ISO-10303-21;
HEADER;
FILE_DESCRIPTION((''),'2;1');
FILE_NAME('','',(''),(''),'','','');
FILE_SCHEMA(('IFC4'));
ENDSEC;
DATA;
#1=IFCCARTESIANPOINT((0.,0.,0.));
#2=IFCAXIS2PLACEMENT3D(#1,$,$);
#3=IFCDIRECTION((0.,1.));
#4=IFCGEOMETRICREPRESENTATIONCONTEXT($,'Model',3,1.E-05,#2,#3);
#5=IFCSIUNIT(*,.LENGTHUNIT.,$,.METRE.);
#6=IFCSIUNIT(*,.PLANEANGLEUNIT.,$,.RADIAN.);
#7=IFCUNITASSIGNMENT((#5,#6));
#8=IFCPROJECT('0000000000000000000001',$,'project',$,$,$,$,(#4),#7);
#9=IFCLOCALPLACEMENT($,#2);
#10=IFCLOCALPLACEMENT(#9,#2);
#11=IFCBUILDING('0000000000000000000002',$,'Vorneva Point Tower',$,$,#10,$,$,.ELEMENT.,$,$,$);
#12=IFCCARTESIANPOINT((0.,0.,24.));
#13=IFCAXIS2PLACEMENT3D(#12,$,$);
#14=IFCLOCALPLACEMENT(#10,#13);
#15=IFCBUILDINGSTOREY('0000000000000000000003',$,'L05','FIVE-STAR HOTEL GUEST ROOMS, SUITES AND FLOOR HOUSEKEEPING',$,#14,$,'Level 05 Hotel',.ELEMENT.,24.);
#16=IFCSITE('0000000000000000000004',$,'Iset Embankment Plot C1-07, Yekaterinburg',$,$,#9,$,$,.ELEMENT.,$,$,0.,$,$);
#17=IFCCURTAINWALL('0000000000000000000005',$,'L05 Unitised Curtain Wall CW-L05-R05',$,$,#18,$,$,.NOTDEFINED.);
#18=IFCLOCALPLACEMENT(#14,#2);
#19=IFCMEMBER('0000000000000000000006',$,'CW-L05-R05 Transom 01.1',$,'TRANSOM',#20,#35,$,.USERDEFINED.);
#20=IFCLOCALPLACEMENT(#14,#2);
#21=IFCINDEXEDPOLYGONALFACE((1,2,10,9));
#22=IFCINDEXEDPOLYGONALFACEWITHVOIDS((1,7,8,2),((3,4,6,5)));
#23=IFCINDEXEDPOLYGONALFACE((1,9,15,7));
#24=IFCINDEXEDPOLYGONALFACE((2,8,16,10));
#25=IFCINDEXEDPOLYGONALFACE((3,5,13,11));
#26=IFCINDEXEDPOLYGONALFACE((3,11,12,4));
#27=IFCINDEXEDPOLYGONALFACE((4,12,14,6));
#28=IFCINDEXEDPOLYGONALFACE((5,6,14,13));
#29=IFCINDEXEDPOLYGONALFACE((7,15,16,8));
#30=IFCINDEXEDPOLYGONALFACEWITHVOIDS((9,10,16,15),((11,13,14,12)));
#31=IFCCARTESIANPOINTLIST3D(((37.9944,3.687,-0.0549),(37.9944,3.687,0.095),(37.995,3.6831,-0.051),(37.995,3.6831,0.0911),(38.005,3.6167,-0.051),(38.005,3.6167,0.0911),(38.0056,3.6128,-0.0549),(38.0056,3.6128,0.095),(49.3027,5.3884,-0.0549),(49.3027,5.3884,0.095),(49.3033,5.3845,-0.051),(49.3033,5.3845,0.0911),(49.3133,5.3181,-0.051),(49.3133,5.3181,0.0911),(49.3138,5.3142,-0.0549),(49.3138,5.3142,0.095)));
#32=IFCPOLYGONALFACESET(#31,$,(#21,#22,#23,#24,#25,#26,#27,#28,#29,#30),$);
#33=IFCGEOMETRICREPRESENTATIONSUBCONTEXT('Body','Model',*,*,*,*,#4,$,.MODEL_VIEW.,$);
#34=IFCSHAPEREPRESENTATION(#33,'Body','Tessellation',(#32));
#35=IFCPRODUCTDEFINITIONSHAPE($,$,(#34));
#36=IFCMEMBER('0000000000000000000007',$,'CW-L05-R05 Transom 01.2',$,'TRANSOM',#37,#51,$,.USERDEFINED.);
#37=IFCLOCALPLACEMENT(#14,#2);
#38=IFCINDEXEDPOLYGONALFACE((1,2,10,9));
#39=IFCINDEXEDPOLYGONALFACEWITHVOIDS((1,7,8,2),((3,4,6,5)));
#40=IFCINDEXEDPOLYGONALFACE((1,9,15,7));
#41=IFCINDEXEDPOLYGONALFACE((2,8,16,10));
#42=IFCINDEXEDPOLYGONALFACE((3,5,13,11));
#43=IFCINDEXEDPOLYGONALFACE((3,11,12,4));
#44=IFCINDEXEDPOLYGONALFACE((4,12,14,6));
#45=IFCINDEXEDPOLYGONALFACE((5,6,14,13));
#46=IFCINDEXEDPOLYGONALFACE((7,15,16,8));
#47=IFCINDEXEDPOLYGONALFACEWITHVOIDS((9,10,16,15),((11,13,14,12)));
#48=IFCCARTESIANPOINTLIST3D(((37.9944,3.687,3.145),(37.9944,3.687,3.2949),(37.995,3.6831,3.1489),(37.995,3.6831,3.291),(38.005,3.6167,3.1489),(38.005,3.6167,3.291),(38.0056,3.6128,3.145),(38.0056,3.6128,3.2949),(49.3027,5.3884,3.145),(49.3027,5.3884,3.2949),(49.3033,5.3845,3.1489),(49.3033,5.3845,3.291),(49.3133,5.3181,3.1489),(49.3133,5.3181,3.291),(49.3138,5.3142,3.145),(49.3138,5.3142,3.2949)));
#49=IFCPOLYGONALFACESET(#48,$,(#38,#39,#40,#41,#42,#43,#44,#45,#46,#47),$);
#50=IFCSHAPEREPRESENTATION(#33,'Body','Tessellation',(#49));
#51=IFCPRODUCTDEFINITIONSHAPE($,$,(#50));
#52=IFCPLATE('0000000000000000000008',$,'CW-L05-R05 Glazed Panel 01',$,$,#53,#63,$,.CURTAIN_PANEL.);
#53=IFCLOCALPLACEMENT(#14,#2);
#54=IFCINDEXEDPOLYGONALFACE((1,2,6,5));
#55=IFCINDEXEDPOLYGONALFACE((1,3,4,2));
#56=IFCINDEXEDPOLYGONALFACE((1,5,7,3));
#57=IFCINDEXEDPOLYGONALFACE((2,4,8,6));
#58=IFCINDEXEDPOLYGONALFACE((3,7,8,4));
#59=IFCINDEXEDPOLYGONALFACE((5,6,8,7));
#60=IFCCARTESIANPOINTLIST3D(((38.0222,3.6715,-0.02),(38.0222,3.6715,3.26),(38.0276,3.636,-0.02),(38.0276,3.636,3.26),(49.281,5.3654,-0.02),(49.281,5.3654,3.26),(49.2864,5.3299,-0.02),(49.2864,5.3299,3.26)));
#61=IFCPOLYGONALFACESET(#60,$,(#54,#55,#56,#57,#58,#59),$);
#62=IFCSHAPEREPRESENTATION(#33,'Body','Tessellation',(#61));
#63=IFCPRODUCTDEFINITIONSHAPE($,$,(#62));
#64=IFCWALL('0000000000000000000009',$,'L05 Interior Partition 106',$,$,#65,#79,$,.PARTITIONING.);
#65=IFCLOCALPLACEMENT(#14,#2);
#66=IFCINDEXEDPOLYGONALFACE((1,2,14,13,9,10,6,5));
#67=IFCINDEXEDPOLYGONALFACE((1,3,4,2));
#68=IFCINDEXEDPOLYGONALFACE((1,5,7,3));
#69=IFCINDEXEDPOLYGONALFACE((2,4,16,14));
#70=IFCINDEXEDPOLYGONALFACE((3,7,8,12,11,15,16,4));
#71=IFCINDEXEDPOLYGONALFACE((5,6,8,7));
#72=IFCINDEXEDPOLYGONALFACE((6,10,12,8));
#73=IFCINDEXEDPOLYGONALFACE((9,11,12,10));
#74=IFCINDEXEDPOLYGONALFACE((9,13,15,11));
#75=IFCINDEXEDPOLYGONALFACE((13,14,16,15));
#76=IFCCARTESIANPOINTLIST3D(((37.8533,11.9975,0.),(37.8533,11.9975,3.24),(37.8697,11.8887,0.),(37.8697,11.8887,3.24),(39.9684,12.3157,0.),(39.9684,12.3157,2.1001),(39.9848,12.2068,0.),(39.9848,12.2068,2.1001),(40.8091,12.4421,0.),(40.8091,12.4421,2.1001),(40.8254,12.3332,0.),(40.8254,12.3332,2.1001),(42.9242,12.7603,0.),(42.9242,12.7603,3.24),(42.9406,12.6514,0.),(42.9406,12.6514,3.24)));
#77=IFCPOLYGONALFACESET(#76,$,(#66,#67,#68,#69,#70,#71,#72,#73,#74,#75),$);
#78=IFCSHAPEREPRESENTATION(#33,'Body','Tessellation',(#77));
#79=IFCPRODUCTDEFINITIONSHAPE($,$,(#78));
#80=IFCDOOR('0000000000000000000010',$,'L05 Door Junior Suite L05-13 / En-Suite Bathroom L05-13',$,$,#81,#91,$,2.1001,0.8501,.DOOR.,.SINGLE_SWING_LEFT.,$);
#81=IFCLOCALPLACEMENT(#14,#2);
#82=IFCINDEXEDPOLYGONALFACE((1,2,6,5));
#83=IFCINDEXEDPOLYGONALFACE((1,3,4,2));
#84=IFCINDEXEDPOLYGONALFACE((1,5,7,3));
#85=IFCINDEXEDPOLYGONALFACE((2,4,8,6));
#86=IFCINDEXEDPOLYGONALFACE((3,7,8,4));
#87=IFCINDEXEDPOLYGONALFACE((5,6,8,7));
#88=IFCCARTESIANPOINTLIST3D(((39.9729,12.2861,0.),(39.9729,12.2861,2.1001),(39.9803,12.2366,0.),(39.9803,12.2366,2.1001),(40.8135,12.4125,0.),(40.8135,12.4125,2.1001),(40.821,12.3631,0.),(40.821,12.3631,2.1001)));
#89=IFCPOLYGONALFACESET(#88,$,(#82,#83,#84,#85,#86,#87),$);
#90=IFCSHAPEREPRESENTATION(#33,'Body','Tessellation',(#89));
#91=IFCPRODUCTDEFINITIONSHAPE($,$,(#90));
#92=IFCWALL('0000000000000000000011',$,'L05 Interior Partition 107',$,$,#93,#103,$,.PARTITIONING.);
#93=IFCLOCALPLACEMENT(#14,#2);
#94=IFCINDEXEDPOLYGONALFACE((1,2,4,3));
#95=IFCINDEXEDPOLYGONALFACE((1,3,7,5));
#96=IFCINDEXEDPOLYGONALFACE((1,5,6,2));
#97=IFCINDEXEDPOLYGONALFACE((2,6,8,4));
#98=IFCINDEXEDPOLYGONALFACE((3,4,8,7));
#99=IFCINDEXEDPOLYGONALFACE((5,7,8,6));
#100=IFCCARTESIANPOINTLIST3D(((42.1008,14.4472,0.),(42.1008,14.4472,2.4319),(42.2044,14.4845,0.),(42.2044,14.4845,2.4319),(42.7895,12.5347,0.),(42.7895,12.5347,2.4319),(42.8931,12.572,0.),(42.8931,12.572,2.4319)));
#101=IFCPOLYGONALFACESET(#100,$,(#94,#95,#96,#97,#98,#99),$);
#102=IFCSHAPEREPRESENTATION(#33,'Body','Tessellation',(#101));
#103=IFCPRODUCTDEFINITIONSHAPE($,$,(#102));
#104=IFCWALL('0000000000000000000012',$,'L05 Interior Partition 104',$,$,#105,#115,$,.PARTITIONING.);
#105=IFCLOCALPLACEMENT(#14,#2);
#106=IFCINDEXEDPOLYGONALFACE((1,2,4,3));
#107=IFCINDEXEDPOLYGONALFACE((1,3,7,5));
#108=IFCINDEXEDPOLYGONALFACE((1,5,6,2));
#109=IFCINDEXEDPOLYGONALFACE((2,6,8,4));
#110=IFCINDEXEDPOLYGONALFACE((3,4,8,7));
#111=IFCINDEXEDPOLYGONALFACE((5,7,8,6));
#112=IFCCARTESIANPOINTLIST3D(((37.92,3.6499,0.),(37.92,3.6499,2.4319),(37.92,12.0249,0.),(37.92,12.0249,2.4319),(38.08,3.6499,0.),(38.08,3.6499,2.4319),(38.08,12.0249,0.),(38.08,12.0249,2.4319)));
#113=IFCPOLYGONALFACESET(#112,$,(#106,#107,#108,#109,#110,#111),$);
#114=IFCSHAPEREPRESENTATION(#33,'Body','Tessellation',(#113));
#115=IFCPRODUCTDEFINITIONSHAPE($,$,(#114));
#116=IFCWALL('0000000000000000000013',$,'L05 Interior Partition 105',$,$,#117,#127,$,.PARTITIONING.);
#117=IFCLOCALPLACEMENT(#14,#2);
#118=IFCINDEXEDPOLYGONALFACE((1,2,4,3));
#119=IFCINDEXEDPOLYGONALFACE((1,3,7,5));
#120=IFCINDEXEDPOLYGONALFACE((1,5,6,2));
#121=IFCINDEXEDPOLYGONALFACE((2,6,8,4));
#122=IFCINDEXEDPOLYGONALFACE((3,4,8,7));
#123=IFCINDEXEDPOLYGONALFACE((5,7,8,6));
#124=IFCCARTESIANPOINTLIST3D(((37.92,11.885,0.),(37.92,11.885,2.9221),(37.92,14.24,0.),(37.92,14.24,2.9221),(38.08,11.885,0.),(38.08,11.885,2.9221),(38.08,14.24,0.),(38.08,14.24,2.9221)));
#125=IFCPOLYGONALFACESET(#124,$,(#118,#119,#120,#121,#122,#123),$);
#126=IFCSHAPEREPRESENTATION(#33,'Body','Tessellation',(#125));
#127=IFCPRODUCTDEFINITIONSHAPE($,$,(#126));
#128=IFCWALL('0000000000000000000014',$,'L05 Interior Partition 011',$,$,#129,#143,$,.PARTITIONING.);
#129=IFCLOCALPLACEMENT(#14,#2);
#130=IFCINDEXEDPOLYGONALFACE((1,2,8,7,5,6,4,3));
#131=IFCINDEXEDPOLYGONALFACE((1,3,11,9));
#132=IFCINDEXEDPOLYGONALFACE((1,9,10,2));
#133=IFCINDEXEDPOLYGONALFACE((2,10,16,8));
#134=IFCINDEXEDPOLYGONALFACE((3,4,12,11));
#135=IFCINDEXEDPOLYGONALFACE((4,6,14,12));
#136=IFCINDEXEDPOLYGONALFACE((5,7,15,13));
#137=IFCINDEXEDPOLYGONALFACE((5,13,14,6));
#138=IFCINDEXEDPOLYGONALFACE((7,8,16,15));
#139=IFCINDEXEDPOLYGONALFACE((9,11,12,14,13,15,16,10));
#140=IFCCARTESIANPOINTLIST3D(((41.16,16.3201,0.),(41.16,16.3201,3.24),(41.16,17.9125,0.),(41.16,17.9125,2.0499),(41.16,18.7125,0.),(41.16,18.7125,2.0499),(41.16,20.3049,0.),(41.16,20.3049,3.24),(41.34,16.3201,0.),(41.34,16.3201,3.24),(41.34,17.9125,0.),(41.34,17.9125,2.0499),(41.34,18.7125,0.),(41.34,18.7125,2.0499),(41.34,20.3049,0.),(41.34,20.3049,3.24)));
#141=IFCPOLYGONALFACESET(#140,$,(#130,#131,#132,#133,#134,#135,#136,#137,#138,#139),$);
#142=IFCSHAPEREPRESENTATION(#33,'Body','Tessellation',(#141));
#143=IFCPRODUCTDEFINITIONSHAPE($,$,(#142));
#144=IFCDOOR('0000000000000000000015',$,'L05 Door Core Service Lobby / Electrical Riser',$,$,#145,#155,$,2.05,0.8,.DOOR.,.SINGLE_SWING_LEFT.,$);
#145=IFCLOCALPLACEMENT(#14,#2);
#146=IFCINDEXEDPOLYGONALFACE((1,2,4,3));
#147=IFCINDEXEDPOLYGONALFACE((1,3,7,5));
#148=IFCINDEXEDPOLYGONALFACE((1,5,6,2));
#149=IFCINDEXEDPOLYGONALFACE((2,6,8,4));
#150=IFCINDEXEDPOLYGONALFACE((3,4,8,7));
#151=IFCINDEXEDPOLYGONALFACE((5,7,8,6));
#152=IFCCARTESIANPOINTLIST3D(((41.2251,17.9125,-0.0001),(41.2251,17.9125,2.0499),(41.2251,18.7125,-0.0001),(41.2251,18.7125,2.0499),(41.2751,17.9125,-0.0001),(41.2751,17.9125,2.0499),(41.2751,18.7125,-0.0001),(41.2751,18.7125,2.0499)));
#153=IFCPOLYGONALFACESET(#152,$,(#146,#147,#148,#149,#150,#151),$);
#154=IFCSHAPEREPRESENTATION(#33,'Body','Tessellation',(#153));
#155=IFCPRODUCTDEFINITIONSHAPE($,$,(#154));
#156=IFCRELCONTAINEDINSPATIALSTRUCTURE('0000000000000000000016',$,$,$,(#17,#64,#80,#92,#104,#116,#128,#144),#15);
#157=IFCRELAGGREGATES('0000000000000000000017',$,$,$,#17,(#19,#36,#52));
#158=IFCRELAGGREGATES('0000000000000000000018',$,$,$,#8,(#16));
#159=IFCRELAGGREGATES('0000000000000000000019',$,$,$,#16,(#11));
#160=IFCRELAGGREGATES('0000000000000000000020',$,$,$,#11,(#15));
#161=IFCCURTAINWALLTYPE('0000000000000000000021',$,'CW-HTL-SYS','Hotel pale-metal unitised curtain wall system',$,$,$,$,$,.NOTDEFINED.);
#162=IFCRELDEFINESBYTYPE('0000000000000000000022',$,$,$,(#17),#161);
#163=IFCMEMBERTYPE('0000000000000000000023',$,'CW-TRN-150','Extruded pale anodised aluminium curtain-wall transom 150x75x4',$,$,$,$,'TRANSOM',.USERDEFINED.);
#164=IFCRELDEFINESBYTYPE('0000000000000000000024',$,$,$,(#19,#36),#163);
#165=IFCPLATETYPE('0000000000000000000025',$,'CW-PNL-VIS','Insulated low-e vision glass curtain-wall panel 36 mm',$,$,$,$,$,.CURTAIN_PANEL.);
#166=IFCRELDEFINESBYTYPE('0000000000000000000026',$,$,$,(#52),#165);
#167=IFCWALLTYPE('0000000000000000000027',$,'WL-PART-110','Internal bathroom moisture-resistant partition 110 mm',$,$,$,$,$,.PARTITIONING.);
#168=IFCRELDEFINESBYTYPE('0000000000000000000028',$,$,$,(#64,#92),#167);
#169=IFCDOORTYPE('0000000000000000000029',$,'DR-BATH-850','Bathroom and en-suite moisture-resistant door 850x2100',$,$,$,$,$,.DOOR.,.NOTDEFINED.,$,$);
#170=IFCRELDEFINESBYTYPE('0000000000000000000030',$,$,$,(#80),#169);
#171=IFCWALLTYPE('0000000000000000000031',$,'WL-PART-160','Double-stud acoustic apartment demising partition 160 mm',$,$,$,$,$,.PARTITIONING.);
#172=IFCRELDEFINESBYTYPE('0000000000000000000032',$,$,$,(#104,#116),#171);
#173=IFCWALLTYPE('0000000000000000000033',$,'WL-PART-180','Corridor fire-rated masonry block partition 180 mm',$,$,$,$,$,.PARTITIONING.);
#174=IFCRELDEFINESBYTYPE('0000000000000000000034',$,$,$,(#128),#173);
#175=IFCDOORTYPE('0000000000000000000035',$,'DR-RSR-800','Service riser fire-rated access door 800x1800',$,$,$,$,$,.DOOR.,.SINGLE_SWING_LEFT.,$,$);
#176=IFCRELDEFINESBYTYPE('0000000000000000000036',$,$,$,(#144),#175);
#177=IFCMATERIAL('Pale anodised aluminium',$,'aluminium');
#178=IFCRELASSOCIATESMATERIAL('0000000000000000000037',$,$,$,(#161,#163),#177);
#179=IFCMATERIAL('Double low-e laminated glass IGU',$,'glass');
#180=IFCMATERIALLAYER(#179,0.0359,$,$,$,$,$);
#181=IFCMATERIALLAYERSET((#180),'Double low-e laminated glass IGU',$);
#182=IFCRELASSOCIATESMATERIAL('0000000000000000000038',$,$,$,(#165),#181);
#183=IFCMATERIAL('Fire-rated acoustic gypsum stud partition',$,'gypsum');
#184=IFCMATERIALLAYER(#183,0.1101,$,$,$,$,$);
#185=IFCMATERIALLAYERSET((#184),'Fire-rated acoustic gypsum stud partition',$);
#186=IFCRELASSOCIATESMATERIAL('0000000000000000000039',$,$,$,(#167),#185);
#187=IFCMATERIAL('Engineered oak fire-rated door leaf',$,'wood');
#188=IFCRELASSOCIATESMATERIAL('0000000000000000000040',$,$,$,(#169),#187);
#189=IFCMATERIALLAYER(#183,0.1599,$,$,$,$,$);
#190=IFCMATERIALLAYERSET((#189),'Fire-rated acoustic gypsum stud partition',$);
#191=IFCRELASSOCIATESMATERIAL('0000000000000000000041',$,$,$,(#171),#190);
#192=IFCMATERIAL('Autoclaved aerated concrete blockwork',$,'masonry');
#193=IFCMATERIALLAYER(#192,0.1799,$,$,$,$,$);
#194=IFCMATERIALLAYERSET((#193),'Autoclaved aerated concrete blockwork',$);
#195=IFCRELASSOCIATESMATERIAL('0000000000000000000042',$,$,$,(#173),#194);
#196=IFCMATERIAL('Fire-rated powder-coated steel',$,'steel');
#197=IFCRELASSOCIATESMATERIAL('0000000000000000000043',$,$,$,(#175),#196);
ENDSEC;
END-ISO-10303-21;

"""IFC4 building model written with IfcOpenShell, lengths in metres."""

from ifc_helpers import new_model, si_unit, direction, frame, frame_2d, origin, origin_2d, place, context, subcontext, project, spatial, rectangle, hollow_rectangle, extrude, material, layer, layer_set, material_profile, profile_set, type_object, element, fill, aggregate, save


model = new_model("IFC4")

# Units and contexts
model_context = context("Model", 3, precision=1e-05, world=origin(), true_north=direction((0.0, 1.0)))
body_context = subcontext(model_context, "Body", "Model", "MODEL_VIEW")
ifc_project = project(units=[si_unit("LENGTHUNIT", "METRE"), si_unit("PLANEANGLEUNIT", "RADIAN")], contexts=[model_context])

# Site, building, storey
site_placement = place(None, origin())
site = spatial("IfcSite", under=ifc_project, at=site_placement, Name="Iset Embankment Plot C1-07, Yekaterinburg", CompositionType="ELEMENT", RefElevation=0.0)
building_placement = place(site_placement, origin())
building = spatial("IfcBuilding", under=site, at=building_placement, Name="Vorneva Point Tower", CompositionType="ELEMENT")
storey_placement = place(building_placement, frame((0.0, 0.0, 24.0)))
storey = spatial("IfcBuildingStorey", under=building, at=storey_placement, Name="L05", Description="FIVE-STAR HOTEL GUEST ROOMS, SUITES AND FLOOR HOUSEKEEPING", LongName="Level 05 Hotel", CompositionType="ELEMENT", Elevation=24.0)

# Curtain wall, members, plate
ifc_material_1 = material(Name="Pale anodised aluminium", Category="aluminium")
curtain_wall_type = type_object("IfcCurtainWallType", Name="CW-HTL-SYS", Description="Hotel pale-metal unitised curtain wall system", PredefinedType="NOTDEFINED", material=ifc_material_1)
curtain_wall_placement = place(storey_placement, origin())
curtain_wall = element("IfcCurtainWall", 1, at=curtain_wall_placement, inside=storey, type_object=curtain_wall_type, Name="L05 Unitised Curtain Wall CW-L05-R05", PredefinedType="NOTDEFINED")
ifc_material_profile_1 = material_profile(ifc_material_1, hollow_rectangle(XDim=0.075, YDim=0.1499, WallThickness=0.0039, at=origin_2d()), Name="AL-TRN 150x75x4")
ifc_profile_set_1 = profile_set([ifc_material_profile_1], Name="Pale anodised aluminium")
member_type_1 = type_object("IfcMemberType", Name="CW-TRN-150", Description="Extruded pale anodised aluminium curtain-wall transom 150x75x4", ElementType="TRANSOM", PredefinedType="USERDEFINED", material=ifc_profile_set_1)
member_1_placement = place(storey_placement, frame((38.0, 3.6499, 0.02), z_axis=(0.98887, 0.148782, 0.0), x_axis=(-0.148782, 0.98887, 0.0)))
member_1 = element("IfcMember", 2, at=member_1_placement, type_object=member_type_1, Name="CW-L05-R05 Transom 01.1", ObjectType="TRANSOM", PredefinedType="USERDEFINED", context=body_context, shape_type="SweptSolid", body=[
    extrude(hollow_rectangle(XDim=0.075, YDim=0.1499, WallThickness=0.0039, at=origin_2d()), origin(), (0.0, 0.0, 1.0), 11.4355),
])
member_2_placement = place(storey_placement, frame((38.0, 3.6499, 3.22), z_axis=(0.98887, 0.148782, 0.0), x_axis=(-0.148782, 0.98887, 0.0)))
member_2 = element("IfcMember", 3, at=member_2_placement, type_object=member_type_1, Name="CW-L05-R05 Transom 01.2", ObjectType="TRANSOM", PredefinedType="USERDEFINED", context=body_context, shape_type="SweptSolid", body=[
    extrude(hollow_rectangle(XDim=0.075, YDim=0.1499, WallThickness=0.0039, at=origin_2d()), origin(), (0.0, 0.0, 1.0), 11.4355),
])
ifc_material_2 = material(Name="Double low-e laminated glass IGU", Category="glass")
ifc_layer_1 = layer(ifc_material_2, 0.0359)
ifc_layer_set_1 = layer_set([ifc_layer_1], Name="Double low-e laminated glass IGU")
plate_type = type_object("IfcPlateType", Name="CW-PNL-VIS", Description="Insulated low-e vision glass curtain-wall panel 36 mm", PredefinedType="CURTAIN_PANEL", material=ifc_layer_set_1)
plate_placement = place(storey_placement, frame((43.6543, 4.5007, -0.02), z_axis=(0.0, 0.0, 1.0), x_axis=(0.988871, 0.148776, 0.0)))
plate = element("IfcPlate", 4, at=plate_placement, type_object=plate_type, Name="CW-L05-R05 Glazed Panel 01", PredefinedType="CURTAIN_PANEL", context=body_context, shape_type="SweptSolid", body=[
    extrude(rectangle(XDim=11.3855, YDim=0.0359, at=origin_2d()), origin(), (0.0, 0.0, 1.0), 3.28),
])
aggregate(curtain_wall, [member_1, member_2, plate])

# Wall, opening, door
ifc_material_3 = material(Name="Fire-rated acoustic gypsum stud partition", Category="gypsum")
ifc_layer_2 = layer(ifc_material_3, 0.1101)
ifc_layer_set_2 = layer_set([ifc_layer_2], Name="Fire-rated acoustic gypsum stud partition")
wall_type_1 = type_object("IfcWallType", Name="WL-PART-110", Description="Internal bathroom moisture-resistant partition 110 mm", PredefinedType="PARTITIONING", material=ifc_layer_set_2)
wall_1_placement = place(storey_placement, frame((42.9324, 12.7058, 0.0), z_axis=(0.0, 0.0, 1.0), x_axis=(-0.988877, -0.148736, 0.0)))
wall_1 = element("IfcWall", 5, at=wall_1_placement, inside=storey, type_object=wall_type_1, Name="L05 Interior Partition 106", PredefinedType="PARTITIONING", context=body_context, shape_type="SweptSolid", body=[
    extrude(rectangle(XDim=5.1279, YDim=0.1101, at=frame_2d((2.564, 0.0))), origin(), (0.0, 0.0, 1.0), 3.24),
])
opening_1_placement = place(wall_1_placement, frame((2.1389, 0.0, 0.0)))
opening_1 = element("IfcOpeningElement", 6, at=opening_1_placement, cuts=wall_1, PredefinedType="OPENING", context=body_context, shape_type="SweptSolid", body=[
    extrude(rectangle(XDim=0.8501, YDim=2.1001, at=frame_2d((0.425, 1.05))), frame((0.0, 0.0698, 0.0), z_axis=(0.0, -1.0, 0.0), x_axis=(1.0, 0.0, 0.0)), (0.0, 0.0, 1.0), 0.1399),
])
ifc_material_4 = material(Name="Engineered oak fire-rated door leaf", Category="wood")
door_type_1 = type_object("IfcDoorType", Name="DR-BATH-850", Description="Bathroom and en-suite moisture-resistant door 850x2100", OperationType="NOTDEFINED", PredefinedType="DOOR", material=ifc_material_4)
door_1_placement = place(opening_1_placement, origin())
door_1 = element("IfcDoor", 7, at=door_1_placement, inside=storey, type_object=door_type_1, Name="L05 Door Junior Suite L05-13 / En-Suite Bathroom L05-13", OperationType="SINGLE_SWING_LEFT", OverallHeight=2.1001, OverallWidth=0.8501, PredefinedType="DOOR", context=body_context, shape_type="SweptSolid", body=[
    extrude(rectangle(XDim=0.8501, YDim=2.1001, at=frame_2d((0.425, 1.05))), frame((0.0, 0.0249, 0.0), z_axis=(0.0, -1.0, 0.0), x_axis=(1.0, 0.0, 0.0)), (0.0, 0.0, 1.0), 0.05),
])
fill(opening_1, door_1)

# Walls
wall_2_placement = place(storey_placement, frame((42.1526, 14.4658, 0.0), z_axis=(0.0, 0.0, 1.0), x_axis=(0.3388, -0.940858, 0.0)))
element("IfcWall", 8, at=wall_2_placement, inside=storey, type_object=wall_type_1, Name="L05 Interior Partition 107", PredefinedType="PARTITIONING", context=body_context, shape_type="SweptSolid", body=[
    extrude(rectangle(XDim=2.0327, YDim=0.1101, at=frame_2d((1.0164, 0.0))), origin(), (0.0, 0.0, 1.0), 2.4319),
])
ifc_layer_3 = layer(ifc_material_3, 0.1599)
ifc_layer_set_3 = layer_set([ifc_layer_3], Name="Fire-rated acoustic gypsum stud partition")
wall_type_2 = type_object("IfcWallType", Name="WL-PART-160", Description="Double-stud acoustic apartment demising partition 160 mm", PredefinedType="PARTITIONING", material=ifc_layer_set_3)
wall_3_placement = place(storey_placement, frame((38.0, 3.6499, 0.0), z_axis=(0.0, 0.0, 1.0), x_axis=(0.0, 1.0, 0.0)))
element("IfcWall", 9, at=wall_3_placement, inside=storey, type_object=wall_type_2, Name="L05 Interior Partition 104", PredefinedType="PARTITIONING", context=body_context, shape_type="SweptSolid", body=[
    extrude(rectangle(XDim=8.375, YDim=0.1599, at=frame_2d((4.1875, 0.0))), origin(), (0.0, 0.0, 1.0), 2.4319),
])
wall_4_placement = place(storey_placement, frame((38.0, 11.885, 0.0), z_axis=(0.0, 0.0, 1.0), x_axis=(0.0, 1.0, 0.0)))
element("IfcWall", 10, at=wall_4_placement, inside=storey, type_object=wall_type_2, Name="L05 Interior Partition 105", PredefinedType="PARTITIONING", context=body_context, shape_type="SweptSolid", body=[
    extrude(rectangle(XDim=2.355, YDim=0.1599, at=frame_2d((1.1775, 0.0))), origin(), (0.0, 0.0, 1.0), 2.9221),
])

# Wall, opening, door
ifc_material_5 = material(Name="Autoclaved aerated concrete blockwork", Category="masonry")
ifc_layer_4 = layer(ifc_material_5, 0.1799)
ifc_layer_set_4 = layer_set([ifc_layer_4], Name="Autoclaved aerated concrete blockwork")
wall_type_3 = type_object("IfcWallType", Name="WL-PART-180", Description="Corridor fire-rated masonry block partition 180 mm", PredefinedType="PARTITIONING", material=ifc_layer_set_4)
wall_5_placement = place(storey_placement, frame((41.25, 16.3201, 0.0), z_axis=(0.0, 0.0, 1.0), x_axis=(0.0, 1.0, 0.0)))
wall_5 = element("IfcWall", 11, at=wall_5_placement, inside=storey, type_object=wall_type_3, Name="L05 Interior Partition 011", PredefinedType="PARTITIONING", context=body_context, shape_type="SweptSolid", body=[
    extrude(rectangle(XDim=3.9849, YDim=0.1799, at=frame_2d((1.9924, 0.0))), origin(), (0.0, 0.0, 1.0), 3.24),
])
opening_2_placement = place(wall_5_placement, frame((1.5925, 0.0, 0.0)))
opening_2 = element("IfcOpeningElement", 12, at=opening_2_placement, cuts=wall_5, PredefinedType="OPENING", context=body_context, shape_type="SweptSolid", body=[
    extrude(rectangle(XDim=0.8, YDim=2.05, at=frame_2d((0.3999, 1.0249))), frame((0.0, 0.105, 0.0), z_axis=(0.0, -1.0, 0.0), x_axis=(1.0, 0.0, 0.0)), (0.0, 0.0, 1.0), 0.2097),
])
ifc_material_6 = material(Name="Fire-rated powder-coated steel", Category="steel")
door_type_2 = type_object("IfcDoorType", Name="DR-RSR-800", Description="Service riser fire-rated access door 800x1800", OperationType="SINGLE_SWING_LEFT", PredefinedType="DOOR", material=ifc_material_6)
door_2_placement = place(opening_2_placement, origin())
door_2 = element("IfcDoor", 13, at=door_2_placement, inside=storey, type_object=door_type_2, Name="L05 Door Core Service Lobby / Electrical Riser", OperationType="SINGLE_SWING_LEFT", OverallHeight=2.05, OverallWidth=0.8, PredefinedType="DOOR", context=body_context, shape_type="SweptSolid", body=[
    extrude(rectangle(XDim=0.8, YDim=2.05, at=frame_2d((0.3999, 1.0249))), frame((0.0, 0.0249, 0.0), z_axis=(0.0, -1.0, 0.0), x_axis=(1.0, 0.0, 0.0)), (0.0, 0.0, 1.0), 0.05),
])
fill(opening_2, door_2)

save(model, "model.ifc")
